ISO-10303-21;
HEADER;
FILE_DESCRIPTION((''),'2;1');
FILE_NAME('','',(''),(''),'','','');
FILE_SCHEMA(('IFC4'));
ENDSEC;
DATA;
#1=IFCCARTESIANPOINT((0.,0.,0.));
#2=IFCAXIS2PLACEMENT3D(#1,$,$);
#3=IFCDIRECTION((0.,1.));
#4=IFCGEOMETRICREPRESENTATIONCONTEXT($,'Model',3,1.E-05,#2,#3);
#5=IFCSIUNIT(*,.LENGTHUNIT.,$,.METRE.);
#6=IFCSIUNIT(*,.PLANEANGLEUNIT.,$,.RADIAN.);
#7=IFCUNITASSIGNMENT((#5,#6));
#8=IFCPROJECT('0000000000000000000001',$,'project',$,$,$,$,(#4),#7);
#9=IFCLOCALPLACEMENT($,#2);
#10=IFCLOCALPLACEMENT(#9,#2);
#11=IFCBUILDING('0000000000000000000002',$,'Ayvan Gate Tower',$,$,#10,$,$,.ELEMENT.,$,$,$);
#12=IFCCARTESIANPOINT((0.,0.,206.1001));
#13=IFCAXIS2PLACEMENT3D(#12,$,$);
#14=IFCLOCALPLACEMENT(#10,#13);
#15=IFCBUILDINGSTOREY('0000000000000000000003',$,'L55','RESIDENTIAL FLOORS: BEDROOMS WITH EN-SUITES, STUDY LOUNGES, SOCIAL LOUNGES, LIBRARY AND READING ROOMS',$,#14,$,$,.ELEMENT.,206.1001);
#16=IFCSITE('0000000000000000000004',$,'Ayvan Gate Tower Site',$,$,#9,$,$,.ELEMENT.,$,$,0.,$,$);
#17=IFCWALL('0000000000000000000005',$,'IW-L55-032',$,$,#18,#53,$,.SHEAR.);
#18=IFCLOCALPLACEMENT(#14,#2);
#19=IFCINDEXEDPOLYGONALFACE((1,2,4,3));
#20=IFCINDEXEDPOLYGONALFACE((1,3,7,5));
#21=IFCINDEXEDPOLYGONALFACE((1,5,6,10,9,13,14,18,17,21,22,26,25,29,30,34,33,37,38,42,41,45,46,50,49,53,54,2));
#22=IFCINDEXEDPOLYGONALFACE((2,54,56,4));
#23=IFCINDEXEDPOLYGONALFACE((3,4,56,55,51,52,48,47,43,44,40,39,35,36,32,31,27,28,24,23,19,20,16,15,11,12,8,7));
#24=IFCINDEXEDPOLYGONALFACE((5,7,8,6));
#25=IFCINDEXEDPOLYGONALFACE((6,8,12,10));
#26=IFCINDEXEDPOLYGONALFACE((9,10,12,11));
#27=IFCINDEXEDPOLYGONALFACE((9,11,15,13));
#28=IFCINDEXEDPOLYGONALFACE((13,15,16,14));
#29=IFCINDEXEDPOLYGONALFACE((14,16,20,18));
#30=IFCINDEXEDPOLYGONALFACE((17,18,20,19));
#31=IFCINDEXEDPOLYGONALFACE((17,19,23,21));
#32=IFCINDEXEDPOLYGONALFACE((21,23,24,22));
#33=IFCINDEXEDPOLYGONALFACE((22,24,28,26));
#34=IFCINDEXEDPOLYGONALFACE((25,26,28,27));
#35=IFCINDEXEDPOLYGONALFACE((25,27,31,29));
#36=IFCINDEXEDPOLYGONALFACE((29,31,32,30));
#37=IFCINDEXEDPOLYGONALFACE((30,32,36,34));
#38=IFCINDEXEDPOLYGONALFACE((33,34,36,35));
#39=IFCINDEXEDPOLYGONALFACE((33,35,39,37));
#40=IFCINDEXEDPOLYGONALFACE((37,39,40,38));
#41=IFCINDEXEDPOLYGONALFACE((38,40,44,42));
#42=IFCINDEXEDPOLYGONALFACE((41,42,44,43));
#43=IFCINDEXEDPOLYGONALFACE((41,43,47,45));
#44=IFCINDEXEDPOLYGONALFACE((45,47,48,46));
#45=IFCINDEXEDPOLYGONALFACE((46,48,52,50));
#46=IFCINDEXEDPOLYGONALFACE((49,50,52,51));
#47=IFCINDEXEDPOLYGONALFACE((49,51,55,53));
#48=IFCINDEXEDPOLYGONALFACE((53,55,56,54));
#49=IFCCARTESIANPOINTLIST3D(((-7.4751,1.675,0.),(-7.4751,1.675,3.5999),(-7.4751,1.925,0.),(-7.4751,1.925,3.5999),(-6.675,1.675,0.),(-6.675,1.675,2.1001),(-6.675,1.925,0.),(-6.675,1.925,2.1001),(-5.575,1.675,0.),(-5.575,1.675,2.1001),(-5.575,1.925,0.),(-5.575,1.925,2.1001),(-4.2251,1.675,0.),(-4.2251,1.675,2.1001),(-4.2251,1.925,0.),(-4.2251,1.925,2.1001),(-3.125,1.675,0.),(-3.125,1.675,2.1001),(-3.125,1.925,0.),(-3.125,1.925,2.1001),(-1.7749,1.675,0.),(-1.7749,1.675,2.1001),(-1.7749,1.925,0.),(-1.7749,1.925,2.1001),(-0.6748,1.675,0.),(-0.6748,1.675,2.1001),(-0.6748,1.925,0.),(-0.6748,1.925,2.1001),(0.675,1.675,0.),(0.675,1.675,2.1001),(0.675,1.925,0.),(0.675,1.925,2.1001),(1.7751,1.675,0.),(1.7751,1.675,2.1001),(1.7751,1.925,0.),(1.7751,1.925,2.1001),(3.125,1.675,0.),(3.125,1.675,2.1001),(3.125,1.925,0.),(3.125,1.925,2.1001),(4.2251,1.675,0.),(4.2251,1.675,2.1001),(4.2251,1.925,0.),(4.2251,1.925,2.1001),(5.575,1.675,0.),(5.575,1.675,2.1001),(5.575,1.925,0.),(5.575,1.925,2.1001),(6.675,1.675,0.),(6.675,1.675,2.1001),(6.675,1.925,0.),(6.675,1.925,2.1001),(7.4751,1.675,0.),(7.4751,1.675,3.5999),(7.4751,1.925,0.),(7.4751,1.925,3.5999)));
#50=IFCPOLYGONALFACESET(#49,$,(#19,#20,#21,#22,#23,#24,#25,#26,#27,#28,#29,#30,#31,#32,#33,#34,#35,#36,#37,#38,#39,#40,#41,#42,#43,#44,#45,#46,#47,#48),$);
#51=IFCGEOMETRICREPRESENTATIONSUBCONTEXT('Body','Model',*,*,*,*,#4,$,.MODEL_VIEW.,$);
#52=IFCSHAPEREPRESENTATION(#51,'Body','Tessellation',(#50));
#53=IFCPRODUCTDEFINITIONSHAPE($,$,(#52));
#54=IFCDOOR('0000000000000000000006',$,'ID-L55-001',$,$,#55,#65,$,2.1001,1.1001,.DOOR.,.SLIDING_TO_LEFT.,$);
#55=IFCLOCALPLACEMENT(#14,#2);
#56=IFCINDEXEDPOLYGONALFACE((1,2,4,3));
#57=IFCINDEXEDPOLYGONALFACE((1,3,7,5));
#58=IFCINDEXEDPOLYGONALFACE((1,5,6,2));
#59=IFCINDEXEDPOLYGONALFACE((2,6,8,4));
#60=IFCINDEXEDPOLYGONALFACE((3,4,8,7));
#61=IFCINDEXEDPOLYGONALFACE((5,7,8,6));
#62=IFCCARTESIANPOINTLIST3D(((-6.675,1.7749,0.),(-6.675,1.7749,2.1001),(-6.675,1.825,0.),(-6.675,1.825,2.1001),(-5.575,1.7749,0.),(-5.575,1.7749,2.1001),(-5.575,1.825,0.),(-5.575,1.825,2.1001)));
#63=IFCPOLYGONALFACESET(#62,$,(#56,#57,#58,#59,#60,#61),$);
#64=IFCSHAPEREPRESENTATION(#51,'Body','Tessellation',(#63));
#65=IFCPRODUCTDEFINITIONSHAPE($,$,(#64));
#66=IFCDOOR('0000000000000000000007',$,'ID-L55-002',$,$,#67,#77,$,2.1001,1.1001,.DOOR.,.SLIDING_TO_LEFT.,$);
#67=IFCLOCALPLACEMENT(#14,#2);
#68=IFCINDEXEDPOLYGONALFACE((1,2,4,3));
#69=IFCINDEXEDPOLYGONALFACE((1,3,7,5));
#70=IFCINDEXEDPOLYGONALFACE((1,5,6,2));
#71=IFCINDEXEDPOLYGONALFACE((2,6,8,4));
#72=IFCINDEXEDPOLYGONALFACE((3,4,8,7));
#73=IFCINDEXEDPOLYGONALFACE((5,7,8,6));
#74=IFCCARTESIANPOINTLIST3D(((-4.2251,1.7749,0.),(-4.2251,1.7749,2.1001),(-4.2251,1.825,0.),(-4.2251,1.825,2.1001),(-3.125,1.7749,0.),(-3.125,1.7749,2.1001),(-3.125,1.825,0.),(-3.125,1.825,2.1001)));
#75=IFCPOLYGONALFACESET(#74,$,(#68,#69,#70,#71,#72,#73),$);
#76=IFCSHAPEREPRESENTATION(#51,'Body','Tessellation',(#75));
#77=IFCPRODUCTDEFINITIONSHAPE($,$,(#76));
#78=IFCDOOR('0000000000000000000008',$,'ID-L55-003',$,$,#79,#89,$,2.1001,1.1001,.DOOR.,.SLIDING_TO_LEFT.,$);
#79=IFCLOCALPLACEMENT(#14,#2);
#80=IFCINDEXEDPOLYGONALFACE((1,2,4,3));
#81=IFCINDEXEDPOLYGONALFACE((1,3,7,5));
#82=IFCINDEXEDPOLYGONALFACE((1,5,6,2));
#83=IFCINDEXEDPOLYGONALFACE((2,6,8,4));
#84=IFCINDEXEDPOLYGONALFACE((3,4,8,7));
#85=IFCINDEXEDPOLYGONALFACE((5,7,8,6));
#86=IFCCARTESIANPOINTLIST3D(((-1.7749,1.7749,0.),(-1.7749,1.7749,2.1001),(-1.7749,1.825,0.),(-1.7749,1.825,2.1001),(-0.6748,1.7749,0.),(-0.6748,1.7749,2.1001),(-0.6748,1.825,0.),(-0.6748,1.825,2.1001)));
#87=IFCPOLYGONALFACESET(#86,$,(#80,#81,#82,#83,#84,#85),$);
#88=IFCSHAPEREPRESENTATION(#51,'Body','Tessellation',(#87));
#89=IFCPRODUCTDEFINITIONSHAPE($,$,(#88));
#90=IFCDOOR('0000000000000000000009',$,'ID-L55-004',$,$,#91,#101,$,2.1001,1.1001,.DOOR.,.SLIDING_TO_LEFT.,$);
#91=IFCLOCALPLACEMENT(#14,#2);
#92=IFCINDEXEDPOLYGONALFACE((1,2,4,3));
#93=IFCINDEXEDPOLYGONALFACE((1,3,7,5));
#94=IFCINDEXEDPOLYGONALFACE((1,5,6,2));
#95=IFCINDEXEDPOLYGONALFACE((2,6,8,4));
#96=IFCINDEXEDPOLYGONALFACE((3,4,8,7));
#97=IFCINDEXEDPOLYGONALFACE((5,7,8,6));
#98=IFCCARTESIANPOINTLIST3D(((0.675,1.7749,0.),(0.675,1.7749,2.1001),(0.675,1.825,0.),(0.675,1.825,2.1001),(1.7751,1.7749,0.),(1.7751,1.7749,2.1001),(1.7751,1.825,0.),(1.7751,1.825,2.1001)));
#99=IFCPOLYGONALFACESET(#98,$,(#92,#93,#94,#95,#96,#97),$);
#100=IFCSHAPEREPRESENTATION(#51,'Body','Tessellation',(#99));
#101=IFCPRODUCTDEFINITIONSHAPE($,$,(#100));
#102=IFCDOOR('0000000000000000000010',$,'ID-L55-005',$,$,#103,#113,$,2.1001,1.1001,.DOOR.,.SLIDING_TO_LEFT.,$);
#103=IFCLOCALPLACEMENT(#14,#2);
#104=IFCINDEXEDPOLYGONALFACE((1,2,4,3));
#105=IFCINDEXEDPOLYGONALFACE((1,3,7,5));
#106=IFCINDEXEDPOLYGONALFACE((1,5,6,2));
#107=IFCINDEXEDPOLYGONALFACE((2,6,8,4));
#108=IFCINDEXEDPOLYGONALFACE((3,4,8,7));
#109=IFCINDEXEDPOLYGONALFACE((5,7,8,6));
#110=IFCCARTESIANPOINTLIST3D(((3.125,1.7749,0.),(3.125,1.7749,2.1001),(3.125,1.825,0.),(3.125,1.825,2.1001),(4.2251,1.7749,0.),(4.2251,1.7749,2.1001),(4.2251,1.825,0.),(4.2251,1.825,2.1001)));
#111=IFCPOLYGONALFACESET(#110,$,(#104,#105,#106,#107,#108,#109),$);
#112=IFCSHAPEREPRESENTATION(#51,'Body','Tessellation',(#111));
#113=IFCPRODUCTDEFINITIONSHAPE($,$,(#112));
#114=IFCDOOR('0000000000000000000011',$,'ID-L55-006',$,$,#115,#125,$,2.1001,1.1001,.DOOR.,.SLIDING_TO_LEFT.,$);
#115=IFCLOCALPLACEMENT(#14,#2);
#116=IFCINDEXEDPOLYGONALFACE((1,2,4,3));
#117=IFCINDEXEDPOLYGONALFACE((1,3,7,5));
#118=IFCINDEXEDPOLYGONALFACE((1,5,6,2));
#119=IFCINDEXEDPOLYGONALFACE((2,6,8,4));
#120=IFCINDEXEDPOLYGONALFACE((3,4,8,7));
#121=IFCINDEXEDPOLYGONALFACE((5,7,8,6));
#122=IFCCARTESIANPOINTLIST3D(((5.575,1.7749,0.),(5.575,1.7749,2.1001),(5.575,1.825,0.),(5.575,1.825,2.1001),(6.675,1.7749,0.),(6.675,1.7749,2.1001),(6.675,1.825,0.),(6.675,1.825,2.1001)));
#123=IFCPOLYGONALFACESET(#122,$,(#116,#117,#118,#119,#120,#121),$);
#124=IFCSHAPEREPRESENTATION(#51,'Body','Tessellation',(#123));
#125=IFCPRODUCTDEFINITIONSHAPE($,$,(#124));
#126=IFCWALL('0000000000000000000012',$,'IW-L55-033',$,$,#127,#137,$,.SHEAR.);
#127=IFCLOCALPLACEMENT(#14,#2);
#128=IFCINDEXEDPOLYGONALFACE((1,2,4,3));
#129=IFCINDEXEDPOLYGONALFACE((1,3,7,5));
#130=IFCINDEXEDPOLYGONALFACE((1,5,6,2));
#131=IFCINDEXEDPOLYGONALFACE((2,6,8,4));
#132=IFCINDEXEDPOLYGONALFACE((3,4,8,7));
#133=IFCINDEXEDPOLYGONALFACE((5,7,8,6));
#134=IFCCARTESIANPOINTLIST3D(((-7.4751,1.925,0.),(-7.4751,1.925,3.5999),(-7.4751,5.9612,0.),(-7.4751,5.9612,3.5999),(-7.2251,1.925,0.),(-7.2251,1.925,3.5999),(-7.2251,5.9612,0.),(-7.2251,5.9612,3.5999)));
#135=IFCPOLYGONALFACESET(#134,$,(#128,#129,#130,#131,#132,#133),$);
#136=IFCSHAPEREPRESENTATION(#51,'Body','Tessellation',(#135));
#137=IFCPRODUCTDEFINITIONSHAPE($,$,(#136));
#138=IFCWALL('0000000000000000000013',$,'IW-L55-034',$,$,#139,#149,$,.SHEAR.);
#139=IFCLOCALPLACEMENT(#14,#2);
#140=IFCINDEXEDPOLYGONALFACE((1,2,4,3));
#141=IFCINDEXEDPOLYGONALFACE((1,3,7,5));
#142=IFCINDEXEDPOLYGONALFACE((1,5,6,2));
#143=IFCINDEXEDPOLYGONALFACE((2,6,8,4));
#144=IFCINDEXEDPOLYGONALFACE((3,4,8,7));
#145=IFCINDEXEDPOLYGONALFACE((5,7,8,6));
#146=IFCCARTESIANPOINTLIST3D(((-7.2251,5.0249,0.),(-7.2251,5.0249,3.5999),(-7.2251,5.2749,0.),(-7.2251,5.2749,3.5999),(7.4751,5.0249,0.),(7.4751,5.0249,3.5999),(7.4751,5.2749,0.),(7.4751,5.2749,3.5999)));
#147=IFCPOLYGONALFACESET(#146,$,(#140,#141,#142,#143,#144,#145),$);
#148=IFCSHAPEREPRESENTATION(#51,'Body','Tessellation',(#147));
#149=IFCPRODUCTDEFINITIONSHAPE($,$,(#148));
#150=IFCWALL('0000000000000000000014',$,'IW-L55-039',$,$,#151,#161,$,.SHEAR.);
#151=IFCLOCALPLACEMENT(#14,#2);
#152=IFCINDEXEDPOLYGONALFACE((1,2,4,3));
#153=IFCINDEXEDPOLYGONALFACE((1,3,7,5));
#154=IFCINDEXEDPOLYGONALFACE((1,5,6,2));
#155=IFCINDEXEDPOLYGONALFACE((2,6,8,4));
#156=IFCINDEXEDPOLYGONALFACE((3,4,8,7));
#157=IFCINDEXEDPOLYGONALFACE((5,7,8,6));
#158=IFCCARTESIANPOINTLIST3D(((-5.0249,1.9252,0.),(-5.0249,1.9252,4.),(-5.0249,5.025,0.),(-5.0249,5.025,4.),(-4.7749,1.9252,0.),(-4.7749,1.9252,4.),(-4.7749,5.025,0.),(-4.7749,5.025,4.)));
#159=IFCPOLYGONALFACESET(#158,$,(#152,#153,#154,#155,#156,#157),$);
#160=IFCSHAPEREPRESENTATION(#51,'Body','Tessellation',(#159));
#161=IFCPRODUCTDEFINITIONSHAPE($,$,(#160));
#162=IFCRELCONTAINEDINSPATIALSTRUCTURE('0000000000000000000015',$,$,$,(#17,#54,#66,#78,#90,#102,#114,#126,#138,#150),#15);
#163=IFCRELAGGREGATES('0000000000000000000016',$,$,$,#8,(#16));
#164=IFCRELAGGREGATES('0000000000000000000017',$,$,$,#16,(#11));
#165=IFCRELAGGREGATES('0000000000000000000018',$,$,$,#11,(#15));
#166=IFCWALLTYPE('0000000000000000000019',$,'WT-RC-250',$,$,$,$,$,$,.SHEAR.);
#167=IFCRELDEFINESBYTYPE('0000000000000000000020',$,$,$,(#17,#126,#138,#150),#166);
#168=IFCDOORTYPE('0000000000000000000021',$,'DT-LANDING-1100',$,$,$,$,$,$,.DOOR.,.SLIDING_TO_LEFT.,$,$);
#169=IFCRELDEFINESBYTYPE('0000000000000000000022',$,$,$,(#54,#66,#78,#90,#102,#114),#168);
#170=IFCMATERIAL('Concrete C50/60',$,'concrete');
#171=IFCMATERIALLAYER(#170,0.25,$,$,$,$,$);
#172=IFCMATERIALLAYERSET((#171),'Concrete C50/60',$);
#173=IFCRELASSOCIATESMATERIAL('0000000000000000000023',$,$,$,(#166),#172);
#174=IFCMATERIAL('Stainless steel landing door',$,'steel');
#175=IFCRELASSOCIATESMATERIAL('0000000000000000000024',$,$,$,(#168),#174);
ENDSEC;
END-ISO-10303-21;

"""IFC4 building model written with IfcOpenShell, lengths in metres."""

from ifc_helpers import new_model, si_unit, direction, frame, frame_2d, origin, place, context, subcontext, project, spatial, rectangle, extrude, material, layer, layer_set, type_object, element, fill, save


model = new_model("IFC4")

# Units and contexts
model_context = context("Model", 3, precision=1e-05, world=origin(), true_north=direction((0.0, 1.0)))
body_context = subcontext(model_context, "Body", "Model", "MODEL_VIEW")
ifc_project = project(units=[si_unit("LENGTHUNIT", "METRE"), si_unit("PLANEANGLEUNIT", "RADIAN")], contexts=[model_context])

# Site, building, storey
site_placement = place(None, origin())
site = spatial("IfcSite", under=ifc_project, at=site_placement, Name="Ayvan Gate Tower Site", CompositionType="ELEMENT", RefElevation=0.0)
building_placement = place(site_placement, origin())
building = spatial("IfcBuilding", under=site, at=building_placement, Name="Ayvan Gate Tower", CompositionType="ELEMENT")
storey_placement = place(building_placement, frame((0.0, 0.0, 206.1001)))
storey = spatial("IfcBuildingStorey", under=building, at=storey_placement, Name="L55", Description="RESIDENTIAL FLOORS: BEDROOMS WITH EN-SUITES, STUDY LOUNGES, SOCIAL LOUNGES, LIBRARY AND READING ROOMS", CompositionType="ELEMENT", Elevation=206.1001)

# Wall, openings, doors
ifc_material_1 = material(Name="Concrete C50/60", Category="concrete")
ifc_layer_1 = layer(ifc_material_1, 0.25)
ifc_layer_set_1 = layer_set([ifc_layer_1], Name="Concrete C50/60")
wall_type_1 = type_object("IfcWallType", Name="WT-RC-250", PredefinedType="SHEAR", material=ifc_layer_set_1)
wall_1_placement = place(storey_placement, frame((-7.4751, 1.8, 0.0), z_axis=(0.0, 0.0, 1.0), x_axis=(1.0, 0.0, 0.0)))
wall_1 = element("IfcWall", 1, at=wall_1_placement, inside=storey, type_object=wall_type_1, Name="IW-L55-032", PredefinedType="SHEAR", context=body_context, shape_type="SweptSolid", body=[
    extrude(rectangle(XDim=14.9502, YDim=0.25, at=frame_2d((7.4751, 0.0))), origin(), (0.0, 0.0, 1.0), 3.5999),
])
opening_1_placement = place(wall_1_placement, frame((0.8, 0.0, 0.0)))
opening_1 = element("IfcOpeningElement", 2, at=opening_1_placement, cuts=wall_1, PredefinedType="OPENING", context=body_context, shape_type="SweptSolid", body=[
    extrude(rectangle(XDim=1.1001, YDim=2.1001, at=frame_2d((0.55, 1.05))), frame((0.0, 0.135, 0.0), z_axis=(0.0, -1.0, 0.0), x_axis=(1.0, 0.0, 0.0)), (0.0, 0.0, 1.0), 0.27),
])
opening_2_placement = place(wall_1_placement, frame((3.25, 0.0, 0.0)))
opening_2 = element("IfcOpeningElement", 3, at=opening_2_placement, cuts=wall_1, PredefinedType="OPENING", context=body_context, shape_type="SweptSolid", body=[
    extrude(rectangle(XDim=1.1001, YDim=2.1001, at=frame_2d((0.55, 1.05))), frame((0.0, 0.135, 0.0), z_axis=(0.0, -1.0, 0.0), x_axis=(1.0, 0.0, 0.0)), (0.0, 0.0, 1.0), 0.27),
])
opening_3_placement = place(wall_1_placement, frame((5.7002, 0.0, 0.0)))
opening_3 = element("IfcOpeningElement", 4, at=opening_3_placement, cuts=wall_1, PredefinedType="OPENING", context=body_context, shape_type="SweptSolid", body=[
    extrude(rectangle(XDim=1.1001, YDim=2.1001, at=frame_2d((0.55, 1.05))), frame((0.0, 0.135, 0.0), z_axis=(0.0, -1.0, 0.0), x_axis=(1.0, 0.0, 0.0)), (0.0, 0.0, 1.0), 0.27),
])
opening_4_placement = place(wall_1_placement, frame((8.1501, 0.0, 0.0)))
opening_4 = element("IfcOpeningElement", 5, at=opening_4_placement, cuts=wall_1, PredefinedType="OPENING", context=body_context, shape_type="SweptSolid", body=[
    extrude(rectangle(XDim=1.1001, YDim=2.1001, at=frame_2d((0.55, 1.05))), frame((0.0, 0.135, 0.0), z_axis=(0.0, -1.0, 0.0), x_axis=(1.0, 0.0, 0.0)), (0.0, 0.0, 1.0), 0.27),
])
opening_5_placement = place(wall_1_placement, frame((10.6001, 0.0, 0.0)))
opening_5 = element("IfcOpeningElement", 6, at=opening_5_placement, cuts=wall_1, PredefinedType="OPENING", context=body_context, shape_type="SweptSolid", body=[
    extrude(rectangle(XDim=1.1001, YDim=2.1001, at=frame_2d((0.55, 1.05))), frame((0.0, 0.135, 0.0), z_axis=(0.0, -1.0, 0.0), x_axis=(1.0, 0.0, 0.0)), (0.0, 0.0, 1.0), 0.27),
])
opening_6_placement = place(wall_1_placement, frame((13.05, 0.0, 0.0)))
opening_6 = element("IfcOpeningElement", 7, at=opening_6_placement, cuts=wall_1, PredefinedType="OPENING", context=body_context, shape_type="SweptSolid", body=[
    extrude(rectangle(XDim=1.1001, YDim=2.1001, at=frame_2d((0.55, 1.05))), frame((0.0, 0.135, 0.0), z_axis=(0.0, -1.0, 0.0), x_axis=(1.0, 0.0, 0.0)), (0.0, 0.0, 1.0), 0.27),
])
ifc_material_2 = material(Name="Stainless steel landing door", Category="steel")
door_type_1 = type_object("IfcDoorType", Name="DT-LANDING-1100", OperationType="SLIDING_TO_LEFT", PredefinedType="DOOR", material=ifc_material_2)
door_1_placement = place(opening_1_placement, origin())
door_1 = element("IfcDoor", 8, at=door_1_placement, inside=storey, type_object=door_type_1, Name="ID-L55-001", OperationType="SLIDING_TO_LEFT", OverallHeight=2.1001, OverallWidth=1.1001, PredefinedType="DOOR", context=body_context, shape_type="SweptSolid", body=[
    extrude(rectangle(XDim=1.1001, YDim=2.1001, at=frame_2d((0.55, 1.05))), frame((0.0, 0.0249, 0.0), z_axis=(0.0, -1.0, 0.0), x_axis=(1.0, 0.0, 0.0)), (0.0, 0.0, 1.0), 0.05),
])
fill(opening_1, door_1)
door_2_placement = place(opening_2_placement, origin())
door_2 = element("IfcDoor", 9, at=door_2_placement, inside=storey, type_object=door_type_1, Name="ID-L55-002", OperationType="SLIDING_TO_LEFT", OverallHeight=2.1001, OverallWidth=1.1001, PredefinedType="DOOR", context=body_context, shape_type="SweptSolid", body=[
    extrude(rectangle(XDim=1.1001, YDim=2.1001, at=frame_2d((0.55, 1.05))), frame((0.0, 0.0249, 0.0), z_axis=(0.0, -1.0, 0.0), x_axis=(1.0, 0.0, 0.0)), (0.0, 0.0, 1.0), 0.05),
])
fill(opening_2, door_2)
door_3_placement = place(opening_3_placement, origin())
door_3 = element("IfcDoor", 10, at=door_3_placement, inside=storey, type_object=door_type_1, Name="ID-L55-003", OperationType="SLIDING_TO_LEFT", OverallHeight=2.1001, OverallWidth=1.1001, PredefinedType="DOOR", context=body_context, shape_type="SweptSolid", body=[
    extrude(rectangle(XDim=1.1001, YDim=2.1001, at=frame_2d((0.55, 1.05))), frame((0.0, 0.0249, 0.0), z_axis=(0.0, -1.0, 0.0), x_axis=(1.0, 0.0, 0.0)), (0.0, 0.0, 1.0), 0.05),
])
fill(opening_3, door_3)
door_4_placement = place(opening_4_placement, origin())
door_4 = element("IfcDoor", 11, at=door_4_placement, inside=storey, type_object=door_type_1, Name="ID-L55-004", OperationType="SLIDING_TO_LEFT", OverallHeight=2.1001, OverallWidth=1.1001, PredefinedType="DOOR", context=body_context, shape_type="SweptSolid", body=[
    extrude(rectangle(XDim=1.1001, YDim=2.1001, at=frame_2d((0.55, 1.05))), frame((0.0, 0.0249, 0.0), z_axis=(0.0, -1.0, 0.0), x_axis=(1.0, 0.0, 0.0)), (0.0, 0.0, 1.0), 0.05),
])
fill(opening_4, door_4)
door_5_placement = place(opening_5_placement, origin())
door_5 = element("IfcDoor", 12, at=door_5_placement, inside=storey, type_object=door_type_1, Name="ID-L55-005", OperationType="SLIDING_TO_LEFT", OverallHeight=2.1001, OverallWidth=1.1001, PredefinedType="DOOR", context=body_context, shape_type="SweptSolid", body=[
    extrude(rectangle(XDim=1.1001, YDim=2.1001, at=frame_2d((0.55, 1.05))), frame((0.0, 0.0249, 0.0), z_axis=(0.0, -1.0, 0.0), x_axis=(1.0, 0.0, 0.0)), (0.0, 0.0, 1.0), 0.05),
])
fill(opening_5, door_5)
door_6_placement = place(opening_6_placement, origin())
door_6 = element("IfcDoor", 13, at=door_6_placement, inside=storey, type_object=door_type_1, Name="ID-L55-006", OperationType="SLIDING_TO_LEFT", OverallHeight=2.1001, OverallWidth=1.1001, PredefinedType="DOOR", context=body_context, shape_type="SweptSolid", body=[
    extrude(rectangle(XDim=1.1001, YDim=2.1001, at=frame_2d((0.55, 1.05))), frame((0.0, 0.0249, 0.0), z_axis=(0.0, -1.0, 0.0), x_axis=(1.0, 0.0, 0.0)), (0.0, 0.0, 1.0), 0.05),
])
fill(opening_6, door_6)

# Walls
wall_2_placement = place(storey_placement, frame((-7.3501, 1.925, 0.0), z_axis=(0.0, 0.0, 1.0), x_axis=(0.0, 1.0, 0.0)))
element("IfcWall", 14, at=wall_2_placement, inside=storey, type_object=wall_type_1, Name="IW-L55-033", PredefinedType="SHEAR", context=body_context, shape_type="SweptSolid", body=[
    extrude(rectangle(XDim=4.0361, YDim=0.25, at=frame_2d((2.0181, 0.0))), origin(), (0.0, 0.0, 1.0), 3.5999),
])
wall_3_placement = place(storey_placement, frame((-7.2251, 5.1499, 0.0), z_axis=(0.0, 0.0, 1.0), x_axis=(1.0, 0.0, 0.0)))
element("IfcWall", 15, at=wall_3_placement, inside=storey, type_object=wall_type_1, Name="IW-L55-034", PredefinedType="SHEAR", context=body_context, shape_type="SweptSolid", body=[
    extrude(rectangle(XDim=14.7002, YDim=0.25, at=frame_2d((7.3501, 0.0))), origin(), (0.0, 0.0, 1.0), 3.5999),
])
wall_4_placement = place(storey_placement, frame((-4.8999, 5.0249, 0.0), z_axis=(0.0, 0.0, 1.0), x_axis=(0.0, -1.0, 0.0)))
element("IfcWall", 16, at=wall_4_placement, inside=storey, type_object=wall_type_1, Name="IW-L55-039", PredefinedType="SHEAR", context=body_context, shape_type="SweptSolid", body=[
    extrude(rectangle(XDim=3.0999, YDim=0.25, at=frame_2d((1.5498, 0.0))), origin(), (0.0, 0.0, 1.0), 4.0),
])

save(model, "model.ifc")
